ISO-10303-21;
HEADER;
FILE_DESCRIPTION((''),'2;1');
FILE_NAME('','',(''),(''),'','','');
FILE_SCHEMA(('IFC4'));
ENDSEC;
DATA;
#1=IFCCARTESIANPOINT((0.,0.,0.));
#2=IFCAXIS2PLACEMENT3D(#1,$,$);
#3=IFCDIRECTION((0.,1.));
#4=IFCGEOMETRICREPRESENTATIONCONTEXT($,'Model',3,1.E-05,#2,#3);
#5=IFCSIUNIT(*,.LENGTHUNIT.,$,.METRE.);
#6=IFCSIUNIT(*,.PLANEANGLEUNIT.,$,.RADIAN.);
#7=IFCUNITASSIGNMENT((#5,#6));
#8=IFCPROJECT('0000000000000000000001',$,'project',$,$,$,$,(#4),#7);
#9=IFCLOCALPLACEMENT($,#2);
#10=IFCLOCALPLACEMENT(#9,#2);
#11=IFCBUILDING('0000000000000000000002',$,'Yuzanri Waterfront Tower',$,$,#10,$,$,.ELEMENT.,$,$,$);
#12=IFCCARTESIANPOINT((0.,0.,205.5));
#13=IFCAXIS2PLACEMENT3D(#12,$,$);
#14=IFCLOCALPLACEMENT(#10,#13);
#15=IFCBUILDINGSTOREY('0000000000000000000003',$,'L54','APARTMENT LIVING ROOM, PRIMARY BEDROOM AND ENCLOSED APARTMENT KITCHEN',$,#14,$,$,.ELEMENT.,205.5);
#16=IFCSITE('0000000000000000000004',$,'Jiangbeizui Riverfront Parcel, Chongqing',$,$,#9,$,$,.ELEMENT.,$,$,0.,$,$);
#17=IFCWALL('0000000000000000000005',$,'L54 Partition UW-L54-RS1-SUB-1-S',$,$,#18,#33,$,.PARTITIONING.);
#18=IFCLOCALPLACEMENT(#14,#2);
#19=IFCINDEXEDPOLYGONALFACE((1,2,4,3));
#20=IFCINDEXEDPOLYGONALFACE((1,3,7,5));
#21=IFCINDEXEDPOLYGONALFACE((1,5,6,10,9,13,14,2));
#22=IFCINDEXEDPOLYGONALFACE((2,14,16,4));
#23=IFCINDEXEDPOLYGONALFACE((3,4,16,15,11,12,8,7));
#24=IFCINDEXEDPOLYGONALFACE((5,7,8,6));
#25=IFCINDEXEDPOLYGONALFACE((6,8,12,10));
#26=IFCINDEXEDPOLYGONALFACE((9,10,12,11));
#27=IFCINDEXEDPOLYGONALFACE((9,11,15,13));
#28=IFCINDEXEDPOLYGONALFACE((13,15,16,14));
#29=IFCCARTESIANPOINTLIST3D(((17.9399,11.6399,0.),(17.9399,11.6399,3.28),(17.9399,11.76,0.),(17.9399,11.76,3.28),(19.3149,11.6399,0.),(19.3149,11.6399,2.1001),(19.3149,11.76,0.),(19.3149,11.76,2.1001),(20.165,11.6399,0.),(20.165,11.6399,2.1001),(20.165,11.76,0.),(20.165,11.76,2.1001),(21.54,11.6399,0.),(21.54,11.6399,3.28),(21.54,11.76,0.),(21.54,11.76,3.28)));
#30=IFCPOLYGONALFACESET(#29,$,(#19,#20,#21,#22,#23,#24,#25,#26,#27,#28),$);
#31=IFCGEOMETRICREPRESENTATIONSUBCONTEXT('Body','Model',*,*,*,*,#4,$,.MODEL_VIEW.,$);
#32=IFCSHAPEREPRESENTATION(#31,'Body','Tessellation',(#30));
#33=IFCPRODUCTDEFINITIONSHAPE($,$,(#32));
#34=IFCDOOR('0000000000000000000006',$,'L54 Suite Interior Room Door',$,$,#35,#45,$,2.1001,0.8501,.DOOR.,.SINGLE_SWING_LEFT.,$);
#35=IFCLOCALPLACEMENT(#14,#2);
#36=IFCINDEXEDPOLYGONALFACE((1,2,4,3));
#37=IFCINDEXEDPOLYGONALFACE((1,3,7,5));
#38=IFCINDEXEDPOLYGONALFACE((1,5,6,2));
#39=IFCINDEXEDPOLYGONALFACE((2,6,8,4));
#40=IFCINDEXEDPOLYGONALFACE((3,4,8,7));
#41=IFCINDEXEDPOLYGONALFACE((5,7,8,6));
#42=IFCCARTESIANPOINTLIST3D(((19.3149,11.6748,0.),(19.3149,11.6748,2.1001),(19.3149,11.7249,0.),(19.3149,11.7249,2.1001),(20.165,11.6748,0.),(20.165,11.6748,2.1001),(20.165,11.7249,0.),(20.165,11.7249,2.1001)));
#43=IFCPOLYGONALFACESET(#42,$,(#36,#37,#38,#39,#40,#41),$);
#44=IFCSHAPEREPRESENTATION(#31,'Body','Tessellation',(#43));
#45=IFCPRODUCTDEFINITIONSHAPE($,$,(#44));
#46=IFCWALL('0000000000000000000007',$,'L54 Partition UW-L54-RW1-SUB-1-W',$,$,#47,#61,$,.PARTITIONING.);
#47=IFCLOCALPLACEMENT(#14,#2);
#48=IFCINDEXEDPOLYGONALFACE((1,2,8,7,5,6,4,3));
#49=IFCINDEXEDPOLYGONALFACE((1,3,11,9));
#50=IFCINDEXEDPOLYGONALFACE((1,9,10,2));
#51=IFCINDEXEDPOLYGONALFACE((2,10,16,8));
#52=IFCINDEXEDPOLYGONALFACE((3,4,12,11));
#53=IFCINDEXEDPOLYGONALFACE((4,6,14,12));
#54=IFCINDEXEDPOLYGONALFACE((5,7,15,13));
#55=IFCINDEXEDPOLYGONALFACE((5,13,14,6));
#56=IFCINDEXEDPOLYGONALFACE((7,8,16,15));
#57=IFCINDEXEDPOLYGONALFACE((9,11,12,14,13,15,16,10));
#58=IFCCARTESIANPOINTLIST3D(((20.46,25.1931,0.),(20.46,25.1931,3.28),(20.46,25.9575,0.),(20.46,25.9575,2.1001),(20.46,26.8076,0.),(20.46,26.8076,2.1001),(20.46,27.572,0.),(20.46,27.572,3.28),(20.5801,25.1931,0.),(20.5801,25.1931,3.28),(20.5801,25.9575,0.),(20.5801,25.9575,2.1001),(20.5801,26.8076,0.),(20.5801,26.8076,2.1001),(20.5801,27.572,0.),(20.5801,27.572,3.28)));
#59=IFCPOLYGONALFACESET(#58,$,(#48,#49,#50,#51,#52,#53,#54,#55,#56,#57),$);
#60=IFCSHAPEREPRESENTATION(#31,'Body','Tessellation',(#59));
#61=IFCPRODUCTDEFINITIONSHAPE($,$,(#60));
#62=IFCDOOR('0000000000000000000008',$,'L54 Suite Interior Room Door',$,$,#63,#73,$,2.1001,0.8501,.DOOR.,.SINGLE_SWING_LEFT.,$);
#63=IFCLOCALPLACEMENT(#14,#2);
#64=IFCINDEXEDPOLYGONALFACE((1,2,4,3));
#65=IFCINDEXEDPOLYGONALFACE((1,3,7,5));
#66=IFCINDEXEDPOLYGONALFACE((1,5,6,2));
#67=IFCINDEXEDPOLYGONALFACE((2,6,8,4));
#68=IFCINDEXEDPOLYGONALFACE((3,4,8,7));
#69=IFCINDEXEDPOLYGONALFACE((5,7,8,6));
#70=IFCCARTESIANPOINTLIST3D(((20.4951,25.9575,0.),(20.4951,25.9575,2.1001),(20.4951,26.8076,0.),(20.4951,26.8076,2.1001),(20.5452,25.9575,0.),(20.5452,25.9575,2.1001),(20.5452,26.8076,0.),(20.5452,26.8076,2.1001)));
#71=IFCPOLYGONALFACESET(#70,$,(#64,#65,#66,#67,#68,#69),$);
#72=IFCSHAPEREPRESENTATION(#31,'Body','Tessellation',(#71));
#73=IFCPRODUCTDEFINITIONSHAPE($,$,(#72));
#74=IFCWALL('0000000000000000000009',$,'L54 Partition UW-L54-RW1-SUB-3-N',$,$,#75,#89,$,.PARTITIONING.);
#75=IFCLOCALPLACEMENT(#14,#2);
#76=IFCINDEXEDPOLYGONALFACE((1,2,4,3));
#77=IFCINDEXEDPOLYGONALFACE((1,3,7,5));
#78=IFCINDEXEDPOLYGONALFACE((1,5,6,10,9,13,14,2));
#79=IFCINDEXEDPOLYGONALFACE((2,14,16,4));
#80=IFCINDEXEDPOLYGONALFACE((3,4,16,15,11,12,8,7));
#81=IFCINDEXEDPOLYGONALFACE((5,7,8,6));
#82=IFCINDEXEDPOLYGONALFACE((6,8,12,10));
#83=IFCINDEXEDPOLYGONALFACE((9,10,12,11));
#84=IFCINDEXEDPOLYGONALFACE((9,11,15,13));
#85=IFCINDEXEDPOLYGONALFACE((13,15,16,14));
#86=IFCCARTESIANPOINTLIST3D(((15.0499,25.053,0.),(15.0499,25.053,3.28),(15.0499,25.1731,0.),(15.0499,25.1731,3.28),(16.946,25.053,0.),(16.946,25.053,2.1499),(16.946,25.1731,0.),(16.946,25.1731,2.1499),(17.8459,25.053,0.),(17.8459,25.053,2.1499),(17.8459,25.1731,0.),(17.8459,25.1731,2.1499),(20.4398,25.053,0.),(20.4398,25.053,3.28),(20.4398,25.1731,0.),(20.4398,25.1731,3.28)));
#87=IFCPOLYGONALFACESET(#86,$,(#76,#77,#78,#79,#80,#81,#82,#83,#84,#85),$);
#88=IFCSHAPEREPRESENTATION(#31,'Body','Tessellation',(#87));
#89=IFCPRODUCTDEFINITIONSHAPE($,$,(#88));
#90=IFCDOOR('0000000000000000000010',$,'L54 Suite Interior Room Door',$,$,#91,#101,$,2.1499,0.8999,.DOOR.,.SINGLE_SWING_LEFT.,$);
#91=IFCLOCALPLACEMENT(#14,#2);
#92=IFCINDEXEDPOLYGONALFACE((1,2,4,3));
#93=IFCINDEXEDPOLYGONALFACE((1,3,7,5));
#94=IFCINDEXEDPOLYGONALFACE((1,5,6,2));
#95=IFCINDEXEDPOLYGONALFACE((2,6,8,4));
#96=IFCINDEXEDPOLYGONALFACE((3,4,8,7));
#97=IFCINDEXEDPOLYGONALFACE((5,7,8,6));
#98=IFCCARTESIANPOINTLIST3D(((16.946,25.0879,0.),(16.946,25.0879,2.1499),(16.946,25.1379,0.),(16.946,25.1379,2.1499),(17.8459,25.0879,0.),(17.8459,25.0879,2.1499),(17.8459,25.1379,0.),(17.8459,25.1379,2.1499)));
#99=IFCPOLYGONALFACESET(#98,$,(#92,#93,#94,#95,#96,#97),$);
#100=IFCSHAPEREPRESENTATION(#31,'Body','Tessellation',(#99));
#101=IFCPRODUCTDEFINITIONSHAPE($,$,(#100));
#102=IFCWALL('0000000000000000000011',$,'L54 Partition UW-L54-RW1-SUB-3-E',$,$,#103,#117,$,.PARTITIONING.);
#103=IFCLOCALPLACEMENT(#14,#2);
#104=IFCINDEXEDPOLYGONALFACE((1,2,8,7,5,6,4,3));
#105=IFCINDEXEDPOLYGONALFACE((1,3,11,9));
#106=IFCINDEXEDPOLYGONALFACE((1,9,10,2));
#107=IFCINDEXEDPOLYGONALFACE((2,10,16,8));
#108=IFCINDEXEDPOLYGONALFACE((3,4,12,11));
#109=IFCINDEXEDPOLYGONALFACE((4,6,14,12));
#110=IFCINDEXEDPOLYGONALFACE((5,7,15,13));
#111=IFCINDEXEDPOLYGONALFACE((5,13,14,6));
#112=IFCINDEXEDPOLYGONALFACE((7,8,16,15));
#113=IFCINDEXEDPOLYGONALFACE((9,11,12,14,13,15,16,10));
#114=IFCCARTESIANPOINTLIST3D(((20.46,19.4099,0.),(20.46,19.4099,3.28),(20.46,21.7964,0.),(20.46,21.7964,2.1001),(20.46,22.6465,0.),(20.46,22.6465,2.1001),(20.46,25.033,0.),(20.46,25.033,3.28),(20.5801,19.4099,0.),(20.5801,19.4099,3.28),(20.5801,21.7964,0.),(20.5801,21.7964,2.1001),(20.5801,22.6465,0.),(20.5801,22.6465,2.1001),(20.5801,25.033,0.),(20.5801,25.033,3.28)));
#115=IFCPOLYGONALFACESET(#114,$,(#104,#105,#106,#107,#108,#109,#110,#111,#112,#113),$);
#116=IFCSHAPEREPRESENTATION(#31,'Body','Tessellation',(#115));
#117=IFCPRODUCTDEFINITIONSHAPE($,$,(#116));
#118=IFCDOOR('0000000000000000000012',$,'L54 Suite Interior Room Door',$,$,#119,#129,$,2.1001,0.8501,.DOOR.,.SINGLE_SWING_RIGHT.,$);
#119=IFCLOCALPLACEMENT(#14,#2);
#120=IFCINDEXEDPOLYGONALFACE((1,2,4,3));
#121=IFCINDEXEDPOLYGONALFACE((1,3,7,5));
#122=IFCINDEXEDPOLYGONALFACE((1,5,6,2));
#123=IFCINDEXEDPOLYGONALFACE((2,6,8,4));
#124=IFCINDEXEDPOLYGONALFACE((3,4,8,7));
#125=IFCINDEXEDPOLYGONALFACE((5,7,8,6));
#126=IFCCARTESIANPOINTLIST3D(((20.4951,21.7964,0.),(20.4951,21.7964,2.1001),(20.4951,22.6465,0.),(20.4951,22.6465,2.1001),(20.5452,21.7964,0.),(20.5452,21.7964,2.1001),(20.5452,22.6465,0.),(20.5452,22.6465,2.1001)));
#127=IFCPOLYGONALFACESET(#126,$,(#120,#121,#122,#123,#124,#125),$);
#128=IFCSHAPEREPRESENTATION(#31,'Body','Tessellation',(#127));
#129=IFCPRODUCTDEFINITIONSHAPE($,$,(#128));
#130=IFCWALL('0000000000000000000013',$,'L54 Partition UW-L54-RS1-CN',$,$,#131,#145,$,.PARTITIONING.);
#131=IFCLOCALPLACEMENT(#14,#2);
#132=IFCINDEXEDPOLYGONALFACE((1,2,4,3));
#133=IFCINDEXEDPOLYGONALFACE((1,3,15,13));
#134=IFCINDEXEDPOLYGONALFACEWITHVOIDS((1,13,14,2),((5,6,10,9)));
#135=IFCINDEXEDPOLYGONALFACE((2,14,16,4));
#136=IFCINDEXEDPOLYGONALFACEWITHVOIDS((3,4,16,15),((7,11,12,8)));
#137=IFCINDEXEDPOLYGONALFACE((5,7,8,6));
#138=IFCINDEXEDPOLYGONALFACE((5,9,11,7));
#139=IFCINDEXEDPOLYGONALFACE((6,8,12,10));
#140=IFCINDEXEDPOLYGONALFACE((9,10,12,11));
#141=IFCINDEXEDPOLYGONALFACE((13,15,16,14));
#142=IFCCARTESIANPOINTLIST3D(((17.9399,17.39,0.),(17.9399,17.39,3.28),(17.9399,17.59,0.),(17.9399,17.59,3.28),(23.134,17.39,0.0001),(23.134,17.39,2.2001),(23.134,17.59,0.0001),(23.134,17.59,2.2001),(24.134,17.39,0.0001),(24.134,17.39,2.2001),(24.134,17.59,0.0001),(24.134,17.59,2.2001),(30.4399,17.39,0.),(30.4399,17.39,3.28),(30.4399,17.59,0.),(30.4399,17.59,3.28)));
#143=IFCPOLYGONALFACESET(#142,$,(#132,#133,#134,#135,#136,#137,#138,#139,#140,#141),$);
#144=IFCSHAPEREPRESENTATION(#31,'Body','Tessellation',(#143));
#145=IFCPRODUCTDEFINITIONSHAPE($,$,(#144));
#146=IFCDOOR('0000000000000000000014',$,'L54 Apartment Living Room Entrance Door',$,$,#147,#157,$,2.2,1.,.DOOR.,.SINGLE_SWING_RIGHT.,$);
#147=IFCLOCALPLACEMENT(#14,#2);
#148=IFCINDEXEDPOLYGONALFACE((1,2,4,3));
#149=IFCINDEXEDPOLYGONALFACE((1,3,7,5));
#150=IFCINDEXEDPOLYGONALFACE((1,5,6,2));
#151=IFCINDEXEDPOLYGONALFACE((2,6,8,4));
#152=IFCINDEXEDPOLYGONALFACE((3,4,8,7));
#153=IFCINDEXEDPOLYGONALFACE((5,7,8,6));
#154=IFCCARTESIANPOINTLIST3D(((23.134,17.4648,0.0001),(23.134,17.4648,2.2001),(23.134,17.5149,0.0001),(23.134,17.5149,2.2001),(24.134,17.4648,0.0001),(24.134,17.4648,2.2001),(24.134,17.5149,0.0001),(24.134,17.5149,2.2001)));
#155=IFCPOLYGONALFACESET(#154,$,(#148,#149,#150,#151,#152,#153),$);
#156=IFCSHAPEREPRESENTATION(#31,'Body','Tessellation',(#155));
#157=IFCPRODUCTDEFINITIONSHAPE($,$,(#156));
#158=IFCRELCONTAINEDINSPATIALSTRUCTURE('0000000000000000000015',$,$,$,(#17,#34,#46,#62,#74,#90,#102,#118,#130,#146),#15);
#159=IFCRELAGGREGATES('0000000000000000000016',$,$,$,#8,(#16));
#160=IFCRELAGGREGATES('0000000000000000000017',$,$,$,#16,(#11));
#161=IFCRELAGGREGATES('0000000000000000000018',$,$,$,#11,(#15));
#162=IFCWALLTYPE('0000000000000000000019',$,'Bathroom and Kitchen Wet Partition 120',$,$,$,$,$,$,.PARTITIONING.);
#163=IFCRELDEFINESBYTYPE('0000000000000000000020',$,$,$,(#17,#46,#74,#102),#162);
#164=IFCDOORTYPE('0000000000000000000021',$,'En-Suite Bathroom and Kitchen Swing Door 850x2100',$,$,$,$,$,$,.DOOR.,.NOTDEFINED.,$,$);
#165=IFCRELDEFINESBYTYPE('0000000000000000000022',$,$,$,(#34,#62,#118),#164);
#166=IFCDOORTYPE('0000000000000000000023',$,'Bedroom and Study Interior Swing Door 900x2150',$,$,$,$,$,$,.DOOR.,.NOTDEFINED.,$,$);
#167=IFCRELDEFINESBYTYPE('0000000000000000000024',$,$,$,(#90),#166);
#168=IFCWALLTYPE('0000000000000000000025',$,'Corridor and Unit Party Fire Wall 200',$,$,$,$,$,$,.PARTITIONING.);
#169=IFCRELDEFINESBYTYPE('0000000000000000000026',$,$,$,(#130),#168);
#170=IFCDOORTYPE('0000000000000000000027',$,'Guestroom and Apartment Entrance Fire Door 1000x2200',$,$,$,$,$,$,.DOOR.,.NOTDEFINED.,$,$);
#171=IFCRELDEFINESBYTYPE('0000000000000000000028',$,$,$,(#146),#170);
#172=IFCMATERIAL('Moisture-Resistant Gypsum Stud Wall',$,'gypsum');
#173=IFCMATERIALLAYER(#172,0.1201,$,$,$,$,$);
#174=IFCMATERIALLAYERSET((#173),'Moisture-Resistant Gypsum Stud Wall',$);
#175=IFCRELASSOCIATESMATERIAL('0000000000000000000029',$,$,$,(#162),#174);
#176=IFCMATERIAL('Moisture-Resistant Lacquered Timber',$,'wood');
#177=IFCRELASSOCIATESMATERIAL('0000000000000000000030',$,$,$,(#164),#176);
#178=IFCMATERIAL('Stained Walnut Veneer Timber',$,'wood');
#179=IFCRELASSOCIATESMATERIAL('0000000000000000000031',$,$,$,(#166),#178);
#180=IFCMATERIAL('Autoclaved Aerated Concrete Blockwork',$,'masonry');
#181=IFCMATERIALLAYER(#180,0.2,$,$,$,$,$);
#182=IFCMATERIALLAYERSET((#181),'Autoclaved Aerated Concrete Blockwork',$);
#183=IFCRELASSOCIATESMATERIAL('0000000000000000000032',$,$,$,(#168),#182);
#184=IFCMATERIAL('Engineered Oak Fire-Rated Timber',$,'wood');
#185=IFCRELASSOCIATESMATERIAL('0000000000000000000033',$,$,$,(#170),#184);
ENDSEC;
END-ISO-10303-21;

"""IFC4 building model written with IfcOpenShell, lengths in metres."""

from ifc_helpers import new_model, si_unit, direction, frame, frame_2d, origin, place, context, subcontext, project, spatial, rectangle, extrude, source, transform, mapped, material, layer, layer_set, type_object, element, fill, save


model = new_model("IFC4")

# Units and contexts
model_context = context("Model", 3, precision=1e-05, world=origin(), true_north=direction((0.0, 1.0)))
body_context = subcontext(model_context, "Body", "Model", "MODEL_VIEW")
ifc_project = project(units=[si_unit("LENGTHUNIT", "METRE"), si_unit("PLANEANGLEUNIT", "RADIAN")], contexts=[model_context])

# Site, building, storey
site_placement = place(None, origin())
site = spatial("IfcSite", under=ifc_project, at=site_placement, Name="Jiangbeizui Riverfront Parcel, Chongqing", CompositionType="ELEMENT", RefElevation=0.0)
building_placement = place(site_placement, origin())
building = spatial("IfcBuilding", under=site, at=building_placement, Name="Yuzanri Waterfront Tower", CompositionType="ELEMENT")
storey_placement = place(building_placement, frame((0.0, 0.0, 205.5)))
storey = spatial("IfcBuildingStorey", under=building, at=storey_placement, Name="L54", Description="APARTMENT LIVING ROOM, PRIMARY BEDROOM AND ENCLOSED APARTMENT KITCHEN", CompositionType="ELEMENT", Elevation=205.5)

# Walls, openings, doors
ifc_material_1 = material(Name="Moisture-Resistant Gypsum Stud Wall", Category="gypsum")
ifc_layer_1 = layer(ifc_material_1, 0.1201)
ifc_layer_set_1 = layer_set([ifc_layer_1], Name="Moisture-Resistant Gypsum Stud Wall")
wall_type_1 = type_object("IfcWallType", Name="Bathroom and Kitchen Wet Partition 120", PredefinedType="PARTITIONING", material=ifc_layer_set_1)
wall_1_placement = place(storey_placement, frame((17.9399, 11.7, 0.0), z_axis=(0.0, 0.0, 1.0), x_axis=(1.0, 0.0, 0.0)))
wall_1 = element("IfcWall", 1, at=wall_1_placement, inside=storey, type_object=wall_type_1, Name="L54 Partition UW-L54-RS1-SUB-1-S", PredefinedType="PARTITIONING", context=body_context, shape_type="SweptSolid", body=[
    extrude(rectangle(XDim=3.6001, YDim=0.1201, at=frame_2d((1.8, 0.0))), origin(), (0.0, 0.0, 1.0), 3.28),
])
opening_1_placement = place(wall_1_placement, frame((1.375, 0.0, 0.0)))
opening_1 = element("IfcOpeningElement", 2, at=opening_1_placement, cuts=wall_1, PredefinedType="OPENING", context=body_context, shape_type="SweptSolid", body=[
    extrude(rectangle(XDim=0.8501, YDim=2.1001, at=frame_2d((0.425, 1.05))), frame((0.0, 0.075, 0.0), z_axis=(0.0, -1.0, 0.0), x_axis=(1.0, 0.0, 0.0)), (0.0, 0.0, 1.0), 0.1499),
])
ifc_material_2 = material(Name="Moisture-Resistant Lacquered Timber", Category="wood")
door_type_1 = type_object("IfcDoorType", Name="En-Suite Bathroom and Kitchen Swing Door 850x2100", OperationType="NOTDEFINED", PredefinedType="DOOR", material=ifc_material_2)
shared_shape_1 = source(origin(), body_context, "Body", "SweptSolid", [
    extrude(rectangle(XDim=0.8501, YDim=2.1001, at=frame_2d((0.425, 1.05))), frame((0.0, 0.0249, 0.0), z_axis=(0.0, -1.0, 0.0), x_axis=(1.0, 0.0, 0.0)), (0.0, 0.0, 1.0), 0.05),
])
door_1_placement = place(opening_1_placement, origin())
door_1 = element("IfcDoor", 3, at=door_1_placement, inside=storey, type_object=door_type_1, Name="L54 Suite Interior Room Door", OperationType="SINGLE_SWING_LEFT", OverallHeight=2.1001, OverallWidth=0.8501, PredefinedType="DOOR", context=body_context, shape_type="MappedRepresentation", body=[
    mapped(shared_shape_1, transform((0.0, 0.0, 0.0), scale=1.0)),
])
fill(opening_1, door_1)
wall_2_placement = place(storey_placement, frame((20.52, 25.1931, 0.0), z_axis=(0.0, 0.0, 1.0), x_axis=(0.0, 1.0, 0.0)))
wall_2 = element("IfcWall", 4, at=wall_2_placement, inside=storey, type_object=wall_type_1, Name="L54 Partition UW-L54-RW1-SUB-1-W", PredefinedType="PARTITIONING", context=body_context, shape_type="SweptSolid", body=[
    extrude(rectangle(XDim=2.3789, YDim=0.1201, at=frame_2d((1.1895, 0.0))), origin(), (0.0, 0.0, 1.0), 3.28),
])
opening_2_placement = place(wall_2_placement, frame((0.7644, 0.0, 0.0)))
opening_2 = element("IfcOpeningElement", 5, at=opening_2_placement, cuts=wall_2, PredefinedType="OPENING", context=body_context, shape_type="SweptSolid", body=[
    extrude(rectangle(XDim=0.8501, YDim=2.1001, at=frame_2d((0.425, 1.05))), frame((0.0, 0.075, 0.0), z_axis=(0.0, -1.0, 0.0), x_axis=(1.0, 0.0, 0.0)), (0.0, 0.0, 1.0), 0.1499),
])
door_2_placement = place(opening_2_placement, origin())
door_2 = element("IfcDoor", 6, at=door_2_placement, inside=storey, type_object=door_type_1, Name="L54 Suite Interior Room Door", OperationType="SINGLE_SWING_LEFT", OverallHeight=2.1001, OverallWidth=0.8501, PredefinedType="DOOR", context=body_context, shape_type="MappedRepresentation", body=[
    mapped(shared_shape_1, transform((0.0, 0.0, 0.0), scale=1.0)),
])
fill(opening_2, door_2)
wall_3_placement = place(storey_placement, frame((15.05, 25.113, 0.0), z_axis=(0.0, 0.0, 1.0), x_axis=(1.0, 0.0, 0.0)))
wall_3 = element("IfcWall", 7, at=wall_3_placement, inside=storey, type_object=wall_type_1, Name="L54 Partition UW-L54-RW1-SUB-3-N", PredefinedType="PARTITIONING", context=body_context, shape_type="SweptSolid", body=[
    extrude(rectangle(XDim=5.3899, YDim=0.1201, at=frame_2d((2.6948, 0.0))), origin(), (0.0, 0.0, 1.0), 3.28),
])
opening_3_placement = place(wall_3_placement, frame((1.896, 0.0, 0.0)))
opening_3 = element("IfcOpeningElement", 8, at=opening_3_placement, cuts=wall_3, PredefinedType="OPENING", context=body_context, shape_type="SweptSolid", body=[
    extrude(rectangle(XDim=0.8999, YDim=2.1499, at=frame_2d((0.45, 1.075))), frame((0.0, 0.075, 0.0), z_axis=(0.0, -1.0, 0.0), x_axis=(1.0, 0.0, 0.0)), (0.0, 0.0, 1.0), 0.1499),
])
ifc_material_3 = material(Name="Stained Walnut Veneer Timber", Category="wood")
door_type_2 = type_object("IfcDoorType", Name="Bedroom and Study Interior Swing Door 900x2150", OperationType="NOTDEFINED", PredefinedType="DOOR", material=ifc_material_3)
shared_shape_2 = source(origin(), body_context, "Body", "SweptSolid", [
    extrude(rectangle(XDim=0.8999, YDim=2.1499, at=frame_2d((0.45, 1.075))), frame((0.0, 0.0249, 0.0), z_axis=(0.0, -1.0, 0.0), x_axis=(1.0, 0.0, 0.0)), (0.0, 0.0, 1.0), 0.05),
])
door_3_placement = place(opening_3_placement, origin())
door_3 = element("IfcDoor", 9, at=door_3_placement, inside=storey, type_object=door_type_2, Name="L54 Suite Interior Room Door", OperationType="SINGLE_SWING_LEFT", OverallHeight=2.1499, OverallWidth=0.8999, PredefinedType="DOOR", context=body_context, shape_type="MappedRepresentation", body=[
    mapped(shared_shape_2, transform((0.0, 0.0, 0.0), scale=1.0)),
])
fill(opening_3, door_3)
wall_4_placement = place(storey_placement, frame((20.52, 19.4099, 0.0), z_axis=(0.0, 0.0, 1.0), x_axis=(0.0, 1.0, 0.0)))
wall_4 = element("IfcWall", 10, at=wall_4_placement, inside=storey, type_object=wall_type_1, Name="L54 Partition UW-L54-RW1-SUB-3-E", PredefinedType="PARTITIONING", context=body_context, shape_type="SweptSolid", body=[
    extrude(rectangle(XDim=5.623, YDim=0.1201, at=frame_2d((2.8115, 0.0))), origin(), (0.0, 0.0, 1.0), 3.28),
])
opening_4_placement = place(wall_4_placement, frame((2.3865, 0.0, 0.0)))
opening_4 = element("IfcOpeningElement", 11, at=opening_4_placement, cuts=wall_4, PredefinedType="OPENING", context=body_context, shape_type="SweptSolid", body=[
    extrude(rectangle(XDim=0.8501, YDim=2.1001, at=frame_2d((0.425, 1.05))), frame((0.0, 0.075, 0.0), z_axis=(0.0, -1.0, 0.0), x_axis=(1.0, 0.0, 0.0)), (0.0, 0.0, 1.0), 0.1499),
])
door_4_placement = place(opening_4_placement, origin())
door_4 = element("IfcDoor", 12, at=door_4_placement, inside=storey, type_object=door_type_1, Name="L54 Suite Interior Room Door", OperationType="SINGLE_SWING_RIGHT", OverallHeight=2.1001, OverallWidth=0.8501, PredefinedType="DOOR", context=body_context, shape_type="MappedRepresentation", body=[
    mapped(shared_shape_1, transform((0.0, 0.0, 0.0), scale=1.0)),
])
fill(opening_4, door_4)
ifc_material_4 = material(Name="Autoclaved Aerated Concrete Blockwork", Category="masonry")
ifc_layer_2 = layer(ifc_material_4, 0.2)
ifc_layer_set_2 = layer_set([ifc_layer_2], Name="Autoclaved Aerated Concrete Blockwork")
wall_type_2 = type_object("IfcWallType", Name="Corridor and Unit Party Fire Wall 200", PredefinedType="PARTITIONING", material=ifc_layer_set_2)
wall_5_placement = place(storey_placement, frame((17.9399, 17.49, 0.0), z_axis=(0.0, 0.0, 1.0), x_axis=(1.0, 0.0, 0.0)))
wall_5 = element("IfcWall", 13, at=wall_5_placement, inside=storey, type_object=wall_type_2, Name="L54 Partition UW-L54-RS1-CN", PredefinedType="PARTITIONING", context=body_context, shape_type="SweptSolid", body=[
    extrude(rectangle(XDim=12.5, YDim=0.2, at=frame_2d((6.25, 0.0))), origin(), (0.0, 0.0, 1.0), 3.28),
])
opening_5_placement = place(wall_5_placement, frame((5.1941, 0.0, 0.0)))
opening_5 = element("IfcOpeningElement", 14, at=opening_5_placement, cuts=wall_5, PredefinedType="OPENING", context=body_context, shape_type="SweptSolid", body=[
    extrude(rectangle(XDim=1.0, YDim=2.2, at=frame_2d((0.5, 1.1001))), frame((0.0, 0.1147, 0.0), z_axis=(0.0, -1.0, 0.0), x_axis=(1.0, 0.0, 0.0)), (0.0, 0.0, 1.0), 0.2297),
])
ifc_material_5 = material(Name="Engineered Oak Fire-Rated Timber", Category="wood")
door_type_3 = type_object("IfcDoorType", Name="Guestroom and Apartment Entrance Fire Door 1000x2200", OperationType="NOTDEFINED", PredefinedType="DOOR", material=ifc_material_5)
shared_shape_3 = source(origin(), body_context, "Body", "SweptSolid", [
    extrude(rectangle(XDim=1.0, YDim=2.2, at=frame_2d((0.5, 1.1001))), frame((0.0, 0.0249, 0.0), z_axis=(0.0, -1.0, 0.0), x_axis=(1.0, 0.0, 0.0)), (0.0, 0.0, 1.0), 0.05),
])
door_5_placement = place(opening_5_placement, origin())
door_5 = element("IfcDoor", 15, at=door_5_placement, inside=storey, type_object=door_type_3, Name="L54 Apartment Living Room Entrance Door", OperationType="SINGLE_SWING_RIGHT", OverallHeight=2.2, OverallWidth=1.0, PredefinedType="DOOR", context=body_context, shape_type="MappedRepresentation", body=[
    mapped(shared_shape_3, transform((0.0, 0.0, 0.0), scale=1.0)),
])
fill(opening_5, door_5)

save(model, "model.ifc")
